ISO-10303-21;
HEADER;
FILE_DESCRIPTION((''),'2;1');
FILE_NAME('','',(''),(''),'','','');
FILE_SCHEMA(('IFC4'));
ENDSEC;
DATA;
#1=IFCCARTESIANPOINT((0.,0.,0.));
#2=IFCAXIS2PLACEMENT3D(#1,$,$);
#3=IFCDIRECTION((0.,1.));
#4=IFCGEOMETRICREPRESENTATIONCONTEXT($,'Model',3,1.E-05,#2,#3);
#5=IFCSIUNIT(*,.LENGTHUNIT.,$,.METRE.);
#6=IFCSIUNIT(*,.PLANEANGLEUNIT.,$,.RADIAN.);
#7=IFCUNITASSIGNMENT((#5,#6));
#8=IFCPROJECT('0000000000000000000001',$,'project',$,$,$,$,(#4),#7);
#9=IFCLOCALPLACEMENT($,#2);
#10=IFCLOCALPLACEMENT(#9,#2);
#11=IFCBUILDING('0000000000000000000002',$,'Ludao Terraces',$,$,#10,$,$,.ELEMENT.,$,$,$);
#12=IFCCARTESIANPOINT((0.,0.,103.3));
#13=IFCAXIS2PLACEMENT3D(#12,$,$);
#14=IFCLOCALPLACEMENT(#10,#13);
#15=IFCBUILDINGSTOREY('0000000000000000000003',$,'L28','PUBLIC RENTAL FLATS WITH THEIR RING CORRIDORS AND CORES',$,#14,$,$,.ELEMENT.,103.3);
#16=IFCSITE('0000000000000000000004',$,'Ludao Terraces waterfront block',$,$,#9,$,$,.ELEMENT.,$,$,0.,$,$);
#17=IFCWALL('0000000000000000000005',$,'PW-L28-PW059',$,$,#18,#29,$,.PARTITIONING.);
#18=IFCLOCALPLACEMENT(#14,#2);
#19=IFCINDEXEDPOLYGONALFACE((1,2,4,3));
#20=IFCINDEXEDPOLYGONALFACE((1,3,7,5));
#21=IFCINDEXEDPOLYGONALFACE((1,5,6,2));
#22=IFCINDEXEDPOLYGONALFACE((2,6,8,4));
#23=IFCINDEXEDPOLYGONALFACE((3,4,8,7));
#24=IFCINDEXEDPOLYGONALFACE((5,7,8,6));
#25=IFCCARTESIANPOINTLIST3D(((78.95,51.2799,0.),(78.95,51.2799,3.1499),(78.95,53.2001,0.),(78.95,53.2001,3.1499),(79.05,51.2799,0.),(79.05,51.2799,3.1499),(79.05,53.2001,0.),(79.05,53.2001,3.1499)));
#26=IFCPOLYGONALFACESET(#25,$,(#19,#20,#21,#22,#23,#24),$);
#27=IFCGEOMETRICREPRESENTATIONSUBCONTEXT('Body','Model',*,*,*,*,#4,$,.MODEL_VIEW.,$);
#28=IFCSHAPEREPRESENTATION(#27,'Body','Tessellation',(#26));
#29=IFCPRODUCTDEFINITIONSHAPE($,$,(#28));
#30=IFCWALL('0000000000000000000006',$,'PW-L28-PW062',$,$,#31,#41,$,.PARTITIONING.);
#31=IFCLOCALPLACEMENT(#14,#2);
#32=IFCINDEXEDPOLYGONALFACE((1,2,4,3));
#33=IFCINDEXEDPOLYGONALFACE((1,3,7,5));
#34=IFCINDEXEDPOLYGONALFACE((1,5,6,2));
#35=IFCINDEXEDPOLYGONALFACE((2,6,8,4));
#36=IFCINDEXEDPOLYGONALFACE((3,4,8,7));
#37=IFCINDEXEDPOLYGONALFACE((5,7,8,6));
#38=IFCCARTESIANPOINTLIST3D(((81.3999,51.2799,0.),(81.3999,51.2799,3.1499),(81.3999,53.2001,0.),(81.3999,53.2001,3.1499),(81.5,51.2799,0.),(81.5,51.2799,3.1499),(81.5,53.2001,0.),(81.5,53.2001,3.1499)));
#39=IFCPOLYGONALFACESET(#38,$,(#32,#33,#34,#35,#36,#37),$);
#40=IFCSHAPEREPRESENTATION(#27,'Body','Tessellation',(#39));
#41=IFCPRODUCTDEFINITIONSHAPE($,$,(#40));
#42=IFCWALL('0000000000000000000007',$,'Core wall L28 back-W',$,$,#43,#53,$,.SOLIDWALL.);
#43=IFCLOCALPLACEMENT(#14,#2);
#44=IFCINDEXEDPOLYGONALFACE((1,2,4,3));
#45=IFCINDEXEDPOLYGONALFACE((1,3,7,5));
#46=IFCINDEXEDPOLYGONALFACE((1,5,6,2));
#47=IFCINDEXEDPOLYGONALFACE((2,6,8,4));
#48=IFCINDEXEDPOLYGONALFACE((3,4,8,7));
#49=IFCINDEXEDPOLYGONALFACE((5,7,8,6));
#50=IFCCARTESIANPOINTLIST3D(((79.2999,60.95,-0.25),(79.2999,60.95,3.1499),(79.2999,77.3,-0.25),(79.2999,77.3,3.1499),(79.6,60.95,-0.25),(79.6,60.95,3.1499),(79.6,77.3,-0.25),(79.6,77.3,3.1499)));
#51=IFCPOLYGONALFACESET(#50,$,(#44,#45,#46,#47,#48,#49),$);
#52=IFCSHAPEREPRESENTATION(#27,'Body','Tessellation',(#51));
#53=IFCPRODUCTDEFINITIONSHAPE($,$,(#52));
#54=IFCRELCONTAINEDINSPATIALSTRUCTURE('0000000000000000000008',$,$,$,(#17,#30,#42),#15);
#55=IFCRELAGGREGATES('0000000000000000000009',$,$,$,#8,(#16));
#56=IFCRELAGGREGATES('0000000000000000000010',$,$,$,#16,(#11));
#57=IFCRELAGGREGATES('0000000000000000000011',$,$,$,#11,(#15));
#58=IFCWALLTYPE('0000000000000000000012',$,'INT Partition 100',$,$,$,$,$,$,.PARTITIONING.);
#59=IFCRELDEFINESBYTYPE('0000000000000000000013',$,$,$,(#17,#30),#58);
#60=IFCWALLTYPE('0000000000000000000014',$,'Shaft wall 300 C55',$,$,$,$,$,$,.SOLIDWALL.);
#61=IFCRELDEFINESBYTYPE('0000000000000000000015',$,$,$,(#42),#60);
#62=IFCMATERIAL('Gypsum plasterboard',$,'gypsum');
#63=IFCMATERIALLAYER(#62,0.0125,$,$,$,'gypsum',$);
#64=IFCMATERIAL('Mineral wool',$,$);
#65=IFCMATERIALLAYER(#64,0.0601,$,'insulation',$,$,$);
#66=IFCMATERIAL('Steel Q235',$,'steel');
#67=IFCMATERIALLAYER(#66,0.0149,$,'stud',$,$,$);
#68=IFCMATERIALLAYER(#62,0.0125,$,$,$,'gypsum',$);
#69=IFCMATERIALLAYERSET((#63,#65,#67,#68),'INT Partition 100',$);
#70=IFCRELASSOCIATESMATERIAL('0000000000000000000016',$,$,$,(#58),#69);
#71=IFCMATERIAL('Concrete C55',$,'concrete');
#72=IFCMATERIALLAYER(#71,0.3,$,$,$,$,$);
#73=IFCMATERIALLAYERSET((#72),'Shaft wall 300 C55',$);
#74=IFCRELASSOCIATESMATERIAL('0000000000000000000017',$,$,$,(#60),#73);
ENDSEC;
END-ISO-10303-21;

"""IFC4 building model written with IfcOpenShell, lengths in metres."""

from ifc_helpers import new_model, si_unit, direction, frame, frame_2d, origin, place, context, subcontext, project, spatial, rectangle, extrude, material, layer, layer_set, type_object, element, save


model = new_model("IFC4")

# Units and contexts
model_context = context("Model", 3, precision=1e-05, world=origin(), true_north=direction((0.0, 1.0)))
body_context = subcontext(model_context, "Body", "Model", "MODEL_VIEW")
ifc_project = project(units=[si_unit("LENGTHUNIT", "METRE"), si_unit("PLANEANGLEUNIT", "RADIAN")], contexts=[model_context])

# Site, building, storey
site_placement = place(None, origin())
site = spatial("IfcSite", under=ifc_project, at=site_placement, Name="Ludao Terraces waterfront block", CompositionType="ELEMENT", RefElevation=0.0)
building_placement = place(site_placement, origin())
building = spatial("IfcBuilding", under=site, at=building_placement, Name="Ludao Terraces", CompositionType="ELEMENT")
storey_placement = place(building_placement, frame((0.0, 0.0, 103.3)))
storey = spatial("IfcBuildingStorey", under=building, at=storey_placement, Name="L28", Description="PUBLIC RENTAL FLATS WITH THEIR RING CORRIDORS AND CORES", CompositionType="ELEMENT", Elevation=103.3)

# Shared definitions
ifc_material_1 = material(Name="Steel Q235", Category="steel")

# Shared definitions
ifc_material_2 = material(Name="Mineral wool")

# Shared definitions
ifc_material_3 = material(Name="Gypsum plasterboard", Category="gypsum")
ifc_layer_1 = layer(ifc_material_3, 0.0125, Category="gypsum")
ifc_layer_2 = layer(ifc_material_2, 0.0601, Name="insulation")
ifc_layer_3 = layer(ifc_material_1, 0.0149, Name="stud")
ifc_layer_4 = layer(ifc_material_3, 0.0125, Category="gypsum")
ifc_layer_set_1 = layer_set([ifc_layer_1, ifc_layer_2, ifc_layer_3, ifc_layer_4], Name="INT Partition 100")
wall_type_1 = type_object("IfcWallType", Name="INT Partition 100", PredefinedType="PARTITIONING", material=ifc_layer_set_1)

# Walls
for number, where, z_axis, x_axis, name in (
    (1, (79.0, 51.28, 0.0), (0.0, 0.0, 1.0), (0.0, 1.0, 0.0), "PW-L28-PW059"),
    (2, (81.45, 51.28, 0.0), (0.0, 0.0, 1.0), (0.0, 1.0, 0.0), "PW-L28-PW062"),
):
    element("IfcWall", number, at=place(storey_placement, frame(where, z_axis=z_axis, x_axis=x_axis)), inside=storey, type_object=wall_type_1, Name=name, PredefinedType="PARTITIONING", context=body_context, shape_type="SweptSolid", body=[
        extrude(rectangle(XDim=1.9202, YDim=0.1001, at=frame_2d((0.96, 0.0))), origin(), (0.0, 0.0, 1.0), 3.1499),
    ])
ifc_material_4 = material(Name="Concrete C55", Category="concrete")
ifc_layer_5 = layer(ifc_material_4, 0.3)
ifc_layer_set_2 = layer_set([ifc_layer_5], Name="Shaft wall 300 C55")
wall_type_2 = type_object("IfcWallType", Name="Shaft wall 300 C55", PredefinedType="SOLIDWALL", material=ifc_layer_set_2)
wall_1_placement = place(storey_placement, frame((79.45, 60.95, -0.25), z_axis=(0.0, 0.0, 1.0), x_axis=(0.0, 1.0, 0.0)))
element("IfcWall", 3, at=wall_1_placement, inside=storey, type_object=wall_type_2, Name="Core wall L28 back-W", PredefinedType="SOLIDWALL", context=body_context, shape_type="SweptSolid", body=[
    extrude(rectangle(XDim=16.3501, YDim=0.3, at=frame_2d((8.175, 0.0))), origin(), (0.0, 0.0, 1.0), 3.3999),
])

save(model, "model.ifc")
